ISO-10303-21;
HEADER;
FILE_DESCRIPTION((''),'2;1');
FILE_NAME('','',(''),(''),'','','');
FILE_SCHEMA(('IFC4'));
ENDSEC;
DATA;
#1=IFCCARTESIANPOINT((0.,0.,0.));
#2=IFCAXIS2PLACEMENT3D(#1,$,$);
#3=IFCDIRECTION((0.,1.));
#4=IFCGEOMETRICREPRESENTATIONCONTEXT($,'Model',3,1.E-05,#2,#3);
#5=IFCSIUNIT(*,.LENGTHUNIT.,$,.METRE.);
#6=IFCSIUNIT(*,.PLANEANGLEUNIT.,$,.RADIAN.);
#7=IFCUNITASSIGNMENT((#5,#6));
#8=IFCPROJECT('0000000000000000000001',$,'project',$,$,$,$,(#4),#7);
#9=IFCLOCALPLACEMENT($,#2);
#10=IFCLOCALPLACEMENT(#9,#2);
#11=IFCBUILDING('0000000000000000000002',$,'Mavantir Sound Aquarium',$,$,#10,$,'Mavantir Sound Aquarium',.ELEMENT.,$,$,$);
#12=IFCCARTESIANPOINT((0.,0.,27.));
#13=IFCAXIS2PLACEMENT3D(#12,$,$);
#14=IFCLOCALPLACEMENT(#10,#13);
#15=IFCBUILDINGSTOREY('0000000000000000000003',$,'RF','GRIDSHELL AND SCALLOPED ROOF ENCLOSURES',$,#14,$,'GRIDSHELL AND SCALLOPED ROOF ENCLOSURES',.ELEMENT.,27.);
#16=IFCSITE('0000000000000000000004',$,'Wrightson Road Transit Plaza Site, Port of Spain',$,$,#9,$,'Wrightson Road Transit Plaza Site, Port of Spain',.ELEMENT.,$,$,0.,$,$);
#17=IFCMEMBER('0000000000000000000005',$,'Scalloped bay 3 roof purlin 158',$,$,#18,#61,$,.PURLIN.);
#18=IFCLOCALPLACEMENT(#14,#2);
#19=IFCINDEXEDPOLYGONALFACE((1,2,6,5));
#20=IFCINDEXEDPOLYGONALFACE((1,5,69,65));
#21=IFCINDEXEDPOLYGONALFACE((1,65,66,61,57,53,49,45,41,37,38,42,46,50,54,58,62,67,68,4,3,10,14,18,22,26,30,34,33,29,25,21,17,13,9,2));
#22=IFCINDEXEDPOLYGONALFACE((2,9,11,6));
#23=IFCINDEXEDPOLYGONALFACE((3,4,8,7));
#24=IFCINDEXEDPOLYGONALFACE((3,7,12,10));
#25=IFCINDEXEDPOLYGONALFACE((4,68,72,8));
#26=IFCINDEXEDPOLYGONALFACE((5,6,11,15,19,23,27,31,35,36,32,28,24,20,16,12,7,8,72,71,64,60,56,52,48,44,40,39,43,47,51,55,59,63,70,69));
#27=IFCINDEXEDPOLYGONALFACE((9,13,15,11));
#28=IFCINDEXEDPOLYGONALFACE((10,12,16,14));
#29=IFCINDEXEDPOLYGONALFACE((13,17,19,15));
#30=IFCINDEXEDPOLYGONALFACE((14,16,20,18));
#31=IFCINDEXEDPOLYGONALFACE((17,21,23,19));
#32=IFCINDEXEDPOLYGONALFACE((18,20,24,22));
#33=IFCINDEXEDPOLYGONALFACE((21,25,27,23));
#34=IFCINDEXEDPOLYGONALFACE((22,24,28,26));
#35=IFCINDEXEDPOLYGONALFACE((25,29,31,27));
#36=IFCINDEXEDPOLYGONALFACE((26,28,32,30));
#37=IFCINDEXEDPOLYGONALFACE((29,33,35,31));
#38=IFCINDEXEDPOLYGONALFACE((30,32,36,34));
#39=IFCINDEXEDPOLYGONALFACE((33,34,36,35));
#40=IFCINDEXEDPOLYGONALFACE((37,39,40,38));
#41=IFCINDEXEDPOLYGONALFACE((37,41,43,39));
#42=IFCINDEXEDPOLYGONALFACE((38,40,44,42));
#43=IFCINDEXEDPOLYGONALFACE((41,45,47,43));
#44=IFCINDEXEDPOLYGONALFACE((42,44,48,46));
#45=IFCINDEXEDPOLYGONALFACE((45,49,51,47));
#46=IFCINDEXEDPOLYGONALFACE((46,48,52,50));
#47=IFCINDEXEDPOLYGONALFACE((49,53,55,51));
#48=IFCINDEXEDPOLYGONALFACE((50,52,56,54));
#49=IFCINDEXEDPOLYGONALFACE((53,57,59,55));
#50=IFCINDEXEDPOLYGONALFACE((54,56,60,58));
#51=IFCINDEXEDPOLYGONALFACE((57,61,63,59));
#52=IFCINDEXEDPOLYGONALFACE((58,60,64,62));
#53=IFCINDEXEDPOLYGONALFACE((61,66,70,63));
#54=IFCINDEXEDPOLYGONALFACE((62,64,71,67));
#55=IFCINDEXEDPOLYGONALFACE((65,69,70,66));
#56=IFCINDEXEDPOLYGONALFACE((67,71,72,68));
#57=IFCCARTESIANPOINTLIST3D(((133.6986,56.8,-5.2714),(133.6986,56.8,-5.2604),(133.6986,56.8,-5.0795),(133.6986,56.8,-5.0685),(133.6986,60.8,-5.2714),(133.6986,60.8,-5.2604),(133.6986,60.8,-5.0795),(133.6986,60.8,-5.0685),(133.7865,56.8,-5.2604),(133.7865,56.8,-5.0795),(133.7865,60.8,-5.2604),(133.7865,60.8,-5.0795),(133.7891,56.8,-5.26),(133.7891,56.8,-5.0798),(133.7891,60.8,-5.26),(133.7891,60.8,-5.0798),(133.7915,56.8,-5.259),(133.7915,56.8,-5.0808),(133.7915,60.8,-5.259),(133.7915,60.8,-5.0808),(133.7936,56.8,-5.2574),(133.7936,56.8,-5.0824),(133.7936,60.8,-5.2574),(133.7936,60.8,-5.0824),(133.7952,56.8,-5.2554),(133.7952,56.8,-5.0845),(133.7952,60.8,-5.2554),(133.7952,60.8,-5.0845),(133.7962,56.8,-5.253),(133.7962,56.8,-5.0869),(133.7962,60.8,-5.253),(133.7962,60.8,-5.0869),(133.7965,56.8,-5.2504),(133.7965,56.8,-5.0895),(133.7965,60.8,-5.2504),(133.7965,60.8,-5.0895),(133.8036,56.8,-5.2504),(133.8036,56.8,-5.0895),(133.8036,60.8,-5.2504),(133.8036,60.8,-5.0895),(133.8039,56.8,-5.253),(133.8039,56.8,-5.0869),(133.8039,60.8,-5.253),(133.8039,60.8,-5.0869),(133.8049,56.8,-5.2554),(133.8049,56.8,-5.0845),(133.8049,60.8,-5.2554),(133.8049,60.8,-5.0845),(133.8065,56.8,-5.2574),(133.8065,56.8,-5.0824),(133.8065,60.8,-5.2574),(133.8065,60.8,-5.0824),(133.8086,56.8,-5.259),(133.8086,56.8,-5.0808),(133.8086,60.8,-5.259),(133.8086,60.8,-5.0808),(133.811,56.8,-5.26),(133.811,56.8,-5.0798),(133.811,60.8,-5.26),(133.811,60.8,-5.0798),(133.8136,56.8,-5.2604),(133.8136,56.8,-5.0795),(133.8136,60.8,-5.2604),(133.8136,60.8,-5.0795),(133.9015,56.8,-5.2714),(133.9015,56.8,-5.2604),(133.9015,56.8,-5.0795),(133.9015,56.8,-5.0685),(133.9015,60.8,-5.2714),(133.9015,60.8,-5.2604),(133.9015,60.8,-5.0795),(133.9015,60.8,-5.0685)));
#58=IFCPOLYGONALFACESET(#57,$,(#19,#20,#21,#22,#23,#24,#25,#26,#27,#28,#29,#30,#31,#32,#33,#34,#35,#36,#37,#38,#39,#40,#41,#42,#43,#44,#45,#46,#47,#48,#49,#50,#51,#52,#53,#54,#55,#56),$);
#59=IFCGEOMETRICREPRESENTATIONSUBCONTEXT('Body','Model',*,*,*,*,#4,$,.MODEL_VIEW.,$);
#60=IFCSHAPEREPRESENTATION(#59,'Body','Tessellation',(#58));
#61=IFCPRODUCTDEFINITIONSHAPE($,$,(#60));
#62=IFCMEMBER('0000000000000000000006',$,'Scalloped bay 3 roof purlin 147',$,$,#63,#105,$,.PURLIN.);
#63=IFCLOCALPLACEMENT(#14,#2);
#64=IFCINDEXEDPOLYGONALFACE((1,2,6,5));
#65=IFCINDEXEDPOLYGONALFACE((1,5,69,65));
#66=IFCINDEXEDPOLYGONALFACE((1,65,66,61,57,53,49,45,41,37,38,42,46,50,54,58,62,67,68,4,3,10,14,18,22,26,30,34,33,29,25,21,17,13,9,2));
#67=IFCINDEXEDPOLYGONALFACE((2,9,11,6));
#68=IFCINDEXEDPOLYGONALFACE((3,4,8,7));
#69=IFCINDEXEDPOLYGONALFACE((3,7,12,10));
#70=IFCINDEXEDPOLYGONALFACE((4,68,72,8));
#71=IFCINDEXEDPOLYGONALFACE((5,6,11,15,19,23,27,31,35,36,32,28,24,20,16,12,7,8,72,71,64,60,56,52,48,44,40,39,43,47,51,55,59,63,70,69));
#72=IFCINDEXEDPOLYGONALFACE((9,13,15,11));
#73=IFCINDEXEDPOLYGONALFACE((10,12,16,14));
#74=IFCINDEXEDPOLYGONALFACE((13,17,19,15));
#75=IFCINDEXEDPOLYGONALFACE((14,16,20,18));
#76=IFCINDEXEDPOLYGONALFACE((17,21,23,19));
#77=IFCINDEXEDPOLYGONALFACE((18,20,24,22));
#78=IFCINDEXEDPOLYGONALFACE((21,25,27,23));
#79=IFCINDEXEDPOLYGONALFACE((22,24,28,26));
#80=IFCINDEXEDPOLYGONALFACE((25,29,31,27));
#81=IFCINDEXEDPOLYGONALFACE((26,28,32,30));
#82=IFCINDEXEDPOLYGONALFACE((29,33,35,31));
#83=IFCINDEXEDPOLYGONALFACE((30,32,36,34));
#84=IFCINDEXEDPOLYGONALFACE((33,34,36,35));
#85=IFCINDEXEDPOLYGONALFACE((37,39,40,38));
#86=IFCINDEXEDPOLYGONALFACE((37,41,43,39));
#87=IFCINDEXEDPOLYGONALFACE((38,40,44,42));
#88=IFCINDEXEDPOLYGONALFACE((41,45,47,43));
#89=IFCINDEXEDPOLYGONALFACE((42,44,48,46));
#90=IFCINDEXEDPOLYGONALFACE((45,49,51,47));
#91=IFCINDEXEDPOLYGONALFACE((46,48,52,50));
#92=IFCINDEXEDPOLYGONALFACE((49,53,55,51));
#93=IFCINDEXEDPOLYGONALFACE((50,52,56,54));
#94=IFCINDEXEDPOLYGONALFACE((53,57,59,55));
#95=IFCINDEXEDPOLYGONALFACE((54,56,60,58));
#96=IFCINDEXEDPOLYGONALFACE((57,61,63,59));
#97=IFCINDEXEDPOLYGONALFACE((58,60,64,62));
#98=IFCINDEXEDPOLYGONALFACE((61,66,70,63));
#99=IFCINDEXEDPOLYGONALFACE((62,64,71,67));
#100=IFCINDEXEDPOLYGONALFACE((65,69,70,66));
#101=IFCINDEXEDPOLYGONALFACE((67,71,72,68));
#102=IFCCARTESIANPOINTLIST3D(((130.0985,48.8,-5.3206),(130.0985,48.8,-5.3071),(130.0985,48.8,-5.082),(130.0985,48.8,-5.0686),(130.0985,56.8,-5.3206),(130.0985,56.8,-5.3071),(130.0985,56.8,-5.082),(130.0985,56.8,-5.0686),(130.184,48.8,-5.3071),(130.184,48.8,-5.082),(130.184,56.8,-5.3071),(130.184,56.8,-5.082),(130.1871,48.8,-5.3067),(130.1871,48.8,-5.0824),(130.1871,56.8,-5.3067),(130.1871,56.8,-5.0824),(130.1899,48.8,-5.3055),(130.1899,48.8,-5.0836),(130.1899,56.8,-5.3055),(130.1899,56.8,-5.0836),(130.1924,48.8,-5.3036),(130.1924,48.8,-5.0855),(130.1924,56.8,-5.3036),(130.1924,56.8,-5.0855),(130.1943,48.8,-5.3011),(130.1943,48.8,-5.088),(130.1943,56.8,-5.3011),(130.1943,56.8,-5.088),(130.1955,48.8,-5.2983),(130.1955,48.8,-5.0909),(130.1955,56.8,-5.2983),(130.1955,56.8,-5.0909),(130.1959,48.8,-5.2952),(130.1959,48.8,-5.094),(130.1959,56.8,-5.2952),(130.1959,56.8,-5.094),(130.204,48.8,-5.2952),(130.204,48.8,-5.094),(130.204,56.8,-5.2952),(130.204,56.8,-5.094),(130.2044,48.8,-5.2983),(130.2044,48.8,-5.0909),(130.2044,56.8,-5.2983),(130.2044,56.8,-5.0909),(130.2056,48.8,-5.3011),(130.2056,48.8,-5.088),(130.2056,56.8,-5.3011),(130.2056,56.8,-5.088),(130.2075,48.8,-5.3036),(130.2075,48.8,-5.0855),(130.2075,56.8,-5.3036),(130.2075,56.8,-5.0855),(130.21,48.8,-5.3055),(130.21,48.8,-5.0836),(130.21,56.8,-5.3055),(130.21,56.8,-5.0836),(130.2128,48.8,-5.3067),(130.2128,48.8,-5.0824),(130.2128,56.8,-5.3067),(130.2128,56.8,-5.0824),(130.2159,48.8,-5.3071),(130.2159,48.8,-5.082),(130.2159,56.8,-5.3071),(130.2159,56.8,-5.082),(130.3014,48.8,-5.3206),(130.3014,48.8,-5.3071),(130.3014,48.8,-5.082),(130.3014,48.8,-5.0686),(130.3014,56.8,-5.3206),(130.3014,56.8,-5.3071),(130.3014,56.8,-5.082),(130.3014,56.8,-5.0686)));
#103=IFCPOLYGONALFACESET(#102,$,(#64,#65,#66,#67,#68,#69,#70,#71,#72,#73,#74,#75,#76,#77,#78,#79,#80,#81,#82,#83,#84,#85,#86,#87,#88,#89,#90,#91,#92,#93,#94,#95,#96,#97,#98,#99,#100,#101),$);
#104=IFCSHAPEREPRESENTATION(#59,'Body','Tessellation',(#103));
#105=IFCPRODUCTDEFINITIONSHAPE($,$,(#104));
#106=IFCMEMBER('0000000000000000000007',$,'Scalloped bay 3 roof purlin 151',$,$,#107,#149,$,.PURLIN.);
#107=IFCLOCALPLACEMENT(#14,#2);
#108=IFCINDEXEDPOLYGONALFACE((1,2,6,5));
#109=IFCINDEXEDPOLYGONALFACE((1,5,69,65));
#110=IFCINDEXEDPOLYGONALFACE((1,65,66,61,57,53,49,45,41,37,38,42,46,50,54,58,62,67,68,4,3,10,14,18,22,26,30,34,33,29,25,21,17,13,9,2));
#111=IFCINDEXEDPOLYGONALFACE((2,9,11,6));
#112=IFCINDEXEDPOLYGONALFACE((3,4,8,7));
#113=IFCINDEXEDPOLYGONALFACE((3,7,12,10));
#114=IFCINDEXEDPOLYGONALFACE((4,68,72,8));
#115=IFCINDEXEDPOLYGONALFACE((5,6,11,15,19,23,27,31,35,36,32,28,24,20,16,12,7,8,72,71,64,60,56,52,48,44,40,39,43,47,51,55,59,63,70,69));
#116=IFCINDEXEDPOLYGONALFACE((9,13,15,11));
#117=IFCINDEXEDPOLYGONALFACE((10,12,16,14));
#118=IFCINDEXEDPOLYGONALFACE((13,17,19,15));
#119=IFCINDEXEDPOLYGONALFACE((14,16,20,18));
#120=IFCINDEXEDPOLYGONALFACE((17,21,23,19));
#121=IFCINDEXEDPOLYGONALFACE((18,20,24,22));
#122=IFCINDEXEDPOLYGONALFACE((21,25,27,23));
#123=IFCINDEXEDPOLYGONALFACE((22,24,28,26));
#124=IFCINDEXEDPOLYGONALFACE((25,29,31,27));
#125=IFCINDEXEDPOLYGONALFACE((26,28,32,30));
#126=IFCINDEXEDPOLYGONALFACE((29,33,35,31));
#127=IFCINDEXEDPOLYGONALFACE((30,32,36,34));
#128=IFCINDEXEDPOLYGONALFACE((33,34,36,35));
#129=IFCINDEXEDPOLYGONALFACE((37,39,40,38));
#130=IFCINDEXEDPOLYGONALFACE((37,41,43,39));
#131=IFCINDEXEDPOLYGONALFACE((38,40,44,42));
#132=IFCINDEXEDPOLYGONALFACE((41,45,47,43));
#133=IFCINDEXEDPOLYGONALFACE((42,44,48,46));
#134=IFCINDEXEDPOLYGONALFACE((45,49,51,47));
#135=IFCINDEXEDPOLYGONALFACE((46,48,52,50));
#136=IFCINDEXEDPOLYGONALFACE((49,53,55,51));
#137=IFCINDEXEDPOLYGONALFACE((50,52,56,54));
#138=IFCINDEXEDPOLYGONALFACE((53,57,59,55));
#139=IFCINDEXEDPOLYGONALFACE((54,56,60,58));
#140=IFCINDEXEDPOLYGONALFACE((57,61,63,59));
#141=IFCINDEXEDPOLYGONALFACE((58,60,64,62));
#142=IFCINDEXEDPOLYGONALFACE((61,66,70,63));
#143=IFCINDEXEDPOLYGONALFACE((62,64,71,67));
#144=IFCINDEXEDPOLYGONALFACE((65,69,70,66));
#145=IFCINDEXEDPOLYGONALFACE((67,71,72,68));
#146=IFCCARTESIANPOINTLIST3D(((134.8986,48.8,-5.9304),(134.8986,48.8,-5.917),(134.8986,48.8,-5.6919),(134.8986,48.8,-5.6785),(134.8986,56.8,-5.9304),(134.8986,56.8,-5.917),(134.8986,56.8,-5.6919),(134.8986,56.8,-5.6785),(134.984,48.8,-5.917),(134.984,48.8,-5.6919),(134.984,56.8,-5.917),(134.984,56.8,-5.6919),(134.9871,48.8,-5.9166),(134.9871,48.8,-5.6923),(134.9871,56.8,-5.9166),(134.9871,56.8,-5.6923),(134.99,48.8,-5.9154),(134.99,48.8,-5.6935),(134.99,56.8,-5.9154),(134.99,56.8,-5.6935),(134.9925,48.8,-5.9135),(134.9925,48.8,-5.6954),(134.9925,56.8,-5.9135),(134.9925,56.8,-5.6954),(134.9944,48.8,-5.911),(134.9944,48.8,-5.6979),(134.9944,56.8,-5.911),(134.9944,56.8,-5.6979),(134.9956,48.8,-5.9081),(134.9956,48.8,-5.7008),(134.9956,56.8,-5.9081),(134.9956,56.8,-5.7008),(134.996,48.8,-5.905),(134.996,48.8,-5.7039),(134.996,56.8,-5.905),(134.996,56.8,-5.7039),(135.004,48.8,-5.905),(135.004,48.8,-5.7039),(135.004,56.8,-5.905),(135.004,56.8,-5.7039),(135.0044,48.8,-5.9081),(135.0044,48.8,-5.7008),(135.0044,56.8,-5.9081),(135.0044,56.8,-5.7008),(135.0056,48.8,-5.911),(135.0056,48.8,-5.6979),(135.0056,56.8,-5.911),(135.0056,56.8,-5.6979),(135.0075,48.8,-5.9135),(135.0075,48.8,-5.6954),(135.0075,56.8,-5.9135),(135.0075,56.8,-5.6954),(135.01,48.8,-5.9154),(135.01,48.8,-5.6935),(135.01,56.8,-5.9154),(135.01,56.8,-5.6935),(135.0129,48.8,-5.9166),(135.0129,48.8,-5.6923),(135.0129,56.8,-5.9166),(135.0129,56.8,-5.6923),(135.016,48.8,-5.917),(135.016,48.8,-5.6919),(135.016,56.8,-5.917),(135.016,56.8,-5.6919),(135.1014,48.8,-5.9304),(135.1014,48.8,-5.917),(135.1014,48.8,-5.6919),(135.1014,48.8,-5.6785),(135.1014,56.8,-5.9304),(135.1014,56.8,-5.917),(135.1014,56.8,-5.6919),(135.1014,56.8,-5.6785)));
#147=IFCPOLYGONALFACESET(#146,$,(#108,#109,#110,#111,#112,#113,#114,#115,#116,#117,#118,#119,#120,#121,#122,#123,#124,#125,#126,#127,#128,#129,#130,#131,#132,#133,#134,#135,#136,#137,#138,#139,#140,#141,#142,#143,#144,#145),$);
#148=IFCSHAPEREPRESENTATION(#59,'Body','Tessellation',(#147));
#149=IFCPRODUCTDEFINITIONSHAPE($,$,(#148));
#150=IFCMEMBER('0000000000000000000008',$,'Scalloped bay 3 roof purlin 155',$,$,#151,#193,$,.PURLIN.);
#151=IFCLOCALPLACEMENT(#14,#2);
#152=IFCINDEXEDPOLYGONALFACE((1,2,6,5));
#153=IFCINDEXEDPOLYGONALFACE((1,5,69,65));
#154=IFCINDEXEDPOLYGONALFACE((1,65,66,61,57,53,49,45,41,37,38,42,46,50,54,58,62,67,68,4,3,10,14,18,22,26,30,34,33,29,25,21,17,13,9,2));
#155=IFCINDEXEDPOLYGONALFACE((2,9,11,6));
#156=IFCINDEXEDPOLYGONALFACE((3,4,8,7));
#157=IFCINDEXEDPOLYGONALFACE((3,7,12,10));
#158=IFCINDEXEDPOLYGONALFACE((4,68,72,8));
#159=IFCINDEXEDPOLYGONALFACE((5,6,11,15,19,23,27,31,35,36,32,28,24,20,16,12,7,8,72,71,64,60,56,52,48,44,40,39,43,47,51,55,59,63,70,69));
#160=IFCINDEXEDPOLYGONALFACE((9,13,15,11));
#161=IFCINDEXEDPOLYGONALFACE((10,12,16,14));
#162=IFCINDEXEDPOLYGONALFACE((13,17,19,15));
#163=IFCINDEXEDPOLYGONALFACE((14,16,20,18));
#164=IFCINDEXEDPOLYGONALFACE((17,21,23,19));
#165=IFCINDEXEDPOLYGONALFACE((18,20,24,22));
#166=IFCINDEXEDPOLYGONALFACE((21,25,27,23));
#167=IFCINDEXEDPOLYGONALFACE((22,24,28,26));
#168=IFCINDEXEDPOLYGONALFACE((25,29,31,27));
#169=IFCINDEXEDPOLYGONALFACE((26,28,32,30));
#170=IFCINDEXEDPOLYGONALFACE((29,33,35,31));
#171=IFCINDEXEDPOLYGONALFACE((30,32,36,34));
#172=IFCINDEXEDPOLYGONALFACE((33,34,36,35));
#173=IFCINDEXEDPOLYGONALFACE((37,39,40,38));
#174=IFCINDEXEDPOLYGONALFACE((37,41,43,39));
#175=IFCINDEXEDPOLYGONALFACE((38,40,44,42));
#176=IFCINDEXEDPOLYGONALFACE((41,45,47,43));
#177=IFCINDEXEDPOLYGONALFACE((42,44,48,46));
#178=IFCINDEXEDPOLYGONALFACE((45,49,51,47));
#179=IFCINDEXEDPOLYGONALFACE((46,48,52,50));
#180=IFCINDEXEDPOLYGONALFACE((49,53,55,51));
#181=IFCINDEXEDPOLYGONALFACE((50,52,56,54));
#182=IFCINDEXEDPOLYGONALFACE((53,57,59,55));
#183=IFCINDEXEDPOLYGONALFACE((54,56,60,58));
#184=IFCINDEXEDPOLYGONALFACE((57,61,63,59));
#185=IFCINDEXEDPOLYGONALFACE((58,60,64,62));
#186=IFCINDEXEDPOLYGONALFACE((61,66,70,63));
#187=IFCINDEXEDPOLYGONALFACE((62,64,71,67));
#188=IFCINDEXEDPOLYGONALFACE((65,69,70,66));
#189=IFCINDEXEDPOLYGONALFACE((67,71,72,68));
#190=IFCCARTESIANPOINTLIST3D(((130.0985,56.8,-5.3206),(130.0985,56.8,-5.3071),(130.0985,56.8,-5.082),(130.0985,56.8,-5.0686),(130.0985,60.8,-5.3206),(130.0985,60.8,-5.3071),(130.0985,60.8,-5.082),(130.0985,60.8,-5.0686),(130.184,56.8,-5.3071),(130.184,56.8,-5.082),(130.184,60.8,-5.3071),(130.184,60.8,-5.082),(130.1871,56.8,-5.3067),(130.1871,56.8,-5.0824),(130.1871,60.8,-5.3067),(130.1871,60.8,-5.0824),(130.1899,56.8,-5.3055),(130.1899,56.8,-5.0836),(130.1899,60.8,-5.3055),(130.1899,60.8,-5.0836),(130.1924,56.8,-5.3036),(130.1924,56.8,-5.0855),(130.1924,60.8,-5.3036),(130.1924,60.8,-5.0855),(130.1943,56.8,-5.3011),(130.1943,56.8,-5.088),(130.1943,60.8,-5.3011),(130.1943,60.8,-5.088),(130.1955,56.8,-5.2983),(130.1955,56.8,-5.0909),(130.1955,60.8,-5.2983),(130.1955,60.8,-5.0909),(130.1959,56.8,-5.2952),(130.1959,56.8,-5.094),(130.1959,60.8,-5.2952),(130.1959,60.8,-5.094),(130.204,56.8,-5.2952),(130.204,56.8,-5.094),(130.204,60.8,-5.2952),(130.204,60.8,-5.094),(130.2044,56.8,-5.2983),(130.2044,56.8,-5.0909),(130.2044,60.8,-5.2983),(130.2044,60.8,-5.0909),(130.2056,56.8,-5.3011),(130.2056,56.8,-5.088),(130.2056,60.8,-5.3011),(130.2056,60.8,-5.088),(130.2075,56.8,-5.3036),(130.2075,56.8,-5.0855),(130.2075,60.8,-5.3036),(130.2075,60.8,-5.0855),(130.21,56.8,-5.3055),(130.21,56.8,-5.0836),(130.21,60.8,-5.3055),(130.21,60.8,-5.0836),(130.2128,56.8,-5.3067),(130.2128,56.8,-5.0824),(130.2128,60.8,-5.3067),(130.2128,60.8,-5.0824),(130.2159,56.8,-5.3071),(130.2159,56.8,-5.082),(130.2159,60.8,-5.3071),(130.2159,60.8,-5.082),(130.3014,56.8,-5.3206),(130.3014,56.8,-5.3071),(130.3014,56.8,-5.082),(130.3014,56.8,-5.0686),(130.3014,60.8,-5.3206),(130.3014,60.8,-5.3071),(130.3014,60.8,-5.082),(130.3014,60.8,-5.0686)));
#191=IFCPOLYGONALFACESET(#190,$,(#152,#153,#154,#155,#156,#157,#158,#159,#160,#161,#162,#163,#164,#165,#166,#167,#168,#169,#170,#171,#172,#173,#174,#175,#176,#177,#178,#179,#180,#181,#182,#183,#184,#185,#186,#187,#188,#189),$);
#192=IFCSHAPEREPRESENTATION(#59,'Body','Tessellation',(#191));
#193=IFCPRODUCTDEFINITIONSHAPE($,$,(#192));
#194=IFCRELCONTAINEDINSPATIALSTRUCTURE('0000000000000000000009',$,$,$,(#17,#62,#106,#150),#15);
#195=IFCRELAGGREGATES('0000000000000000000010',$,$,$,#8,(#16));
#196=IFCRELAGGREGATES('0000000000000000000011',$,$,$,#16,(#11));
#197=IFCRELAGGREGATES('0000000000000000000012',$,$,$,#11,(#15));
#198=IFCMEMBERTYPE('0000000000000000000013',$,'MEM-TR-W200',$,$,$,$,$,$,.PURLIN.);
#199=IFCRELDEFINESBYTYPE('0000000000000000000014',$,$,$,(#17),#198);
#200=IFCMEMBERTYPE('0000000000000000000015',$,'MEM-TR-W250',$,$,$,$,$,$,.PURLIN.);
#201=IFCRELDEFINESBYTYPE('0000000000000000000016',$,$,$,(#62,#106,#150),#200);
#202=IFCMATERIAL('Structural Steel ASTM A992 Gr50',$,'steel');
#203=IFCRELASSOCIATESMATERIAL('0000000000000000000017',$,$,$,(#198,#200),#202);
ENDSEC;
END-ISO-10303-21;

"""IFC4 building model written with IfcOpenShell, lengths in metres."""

from ifc_helpers import new_model, si_unit, direction, frame, origin, origin_2d, place, context, subcontext, project, spatial, i_section, extrude, material, material_profile, profile_set, type_object, element, save


model = new_model("IFC4")

# Units and contexts
model_context = context("Model", 3, precision=1e-05, world=origin(), true_north=direction((0.0, 1.0)))
body_context = subcontext(model_context, "Body", "Model", "MODEL_VIEW")
ifc_project = project(units=[si_unit("LENGTHUNIT", "METRE"), si_unit("PLANEANGLEUNIT", "RADIAN")], contexts=[model_context])

# Site, building, storey
site_placement = place(None, origin())
site = spatial("IfcSite", under=ifc_project, at=site_placement, Name="Wrightson Road Transit Plaza Site, Port of Spain", LongName="Wrightson Road Transit Plaza Site, Port of Spain", CompositionType="ELEMENT", RefElevation=0.0)
building_placement = place(site_placement, origin())
building = spatial("IfcBuilding", under=site, at=building_placement, Name="Mavantir Sound Aquarium", LongName="Mavantir Sound Aquarium", CompositionType="ELEMENT")
storey_placement = place(building_placement, frame((0.0, 0.0, 27.0)))
storey = spatial("IfcBuildingStorey", under=building, at=storey_placement, Name="RF", Description="GRIDSHELL AND SCALLOPED ROOF ENCLOSURES", LongName="GRIDSHELL AND SCALLOPED ROOF ENCLOSURES", CompositionType="ELEMENT", Elevation=27.0)

# Members
ifc_material_1 = material(Name="Structural Steel ASTM A992 Gr50", Category="steel")
ifc_material_profile_1 = material_profile(ifc_material_1, i_section(OverallWidth=0.2029, OverallDepth=0.2029, WebThickness=0.0071, FlangeThickness=0.011, FilletRadius=0.01, at=origin_2d()), Name="W200X46")
ifc_profile_set_1 = profile_set([ifc_material_profile_1], Name="Structural Steel ASTM A992 Gr50")
member_type_1 = type_object("IfcMemberType", Name="MEM-TR-W200", PredefinedType="PURLIN", material=ifc_profile_set_1)
member_1_placement = place(storey_placement, frame((133.8, 56.8, -5.1699), z_axis=(0.0, 1.0, 0.0), x_axis=(-1.0, 0.0, 0.0)))
element("IfcMember", 1, at=member_1_placement, inside=storey, type_object=member_type_1, Name="Scalloped bay 3 roof purlin 158", PredefinedType="PURLIN", context=body_context, shape_type="SweptSolid", body=[
    extrude(i_section(OverallWidth=0.2029, OverallDepth=0.2029, WebThickness=0.0071, FlangeThickness=0.011, FilletRadius=0.01, at=origin_2d()), origin(), (0.0, 0.0, 1.0), 4.0),
])
ifc_material_profile_2 = material_profile(ifc_material_1, i_section(OverallWidth=0.2029, OverallDepth=0.252, WebThickness=0.0081, FlangeThickness=0.0134, FilletRadius=0.012, at=origin_2d()), Name="W250X58")
ifc_profile_set_2 = profile_set([ifc_material_profile_2], Name="Structural Steel ASTM A992 Gr50")
member_type_2 = type_object("IfcMemberType", Name="MEM-TR-W250", PredefinedType="PURLIN", material=ifc_profile_set_2)
for number, where, z_axis, x_axis, name in (
    (2, (130.2, 48.8, -5.1946), (0.0, 1.0, 0.0), (-1.0, 0.0, 0.0), "Scalloped bay 3 roof purlin 147"),
    (3, (135.0, 48.8, -5.8044), (0.0, 1.0, 0.0), (-1.0, 0.0, 0.0), "Scalloped bay 3 roof purlin 151"),
):
    element("IfcMember", number, at=place(storey_placement, frame(where, z_axis=z_axis, x_axis=x_axis)), inside=storey, type_object=member_type_2, Name=name, PredefinedType="PURLIN", context=body_context, shape_type="SweptSolid", body=[
        extrude(i_section(OverallWidth=0.2029, OverallDepth=0.252, WebThickness=0.0081, FlangeThickness=0.0134, FilletRadius=0.012, at=origin_2d()), origin(), (0.0, 0.0, 1.0), 8.0),
    ])
for number, where, z_axis, x_axis, name in (
    (4, (130.2, 56.8, -5.1946), (0.0, 1.0, 0.0), (-1.0, 0.0, 0.0), "Scalloped bay 3 roof purlin 155"),
):
    element("IfcMember", number, at=place(storey_placement, frame(where, z_axis=z_axis, x_axis=x_axis)), inside=storey, type_object=member_type_2, Name=name, PredefinedType="PURLIN", context=body_context, shape_type="SweptSolid", body=[
        extrude(i_section(OverallWidth=0.2029, OverallDepth=0.252, WebThickness=0.0081, FlangeThickness=0.0134, FilletRadius=0.012, at=origin_2d()), origin(), (0.0, 0.0, 1.0), 4.0),
    ])

save(model, "model.ifc")
